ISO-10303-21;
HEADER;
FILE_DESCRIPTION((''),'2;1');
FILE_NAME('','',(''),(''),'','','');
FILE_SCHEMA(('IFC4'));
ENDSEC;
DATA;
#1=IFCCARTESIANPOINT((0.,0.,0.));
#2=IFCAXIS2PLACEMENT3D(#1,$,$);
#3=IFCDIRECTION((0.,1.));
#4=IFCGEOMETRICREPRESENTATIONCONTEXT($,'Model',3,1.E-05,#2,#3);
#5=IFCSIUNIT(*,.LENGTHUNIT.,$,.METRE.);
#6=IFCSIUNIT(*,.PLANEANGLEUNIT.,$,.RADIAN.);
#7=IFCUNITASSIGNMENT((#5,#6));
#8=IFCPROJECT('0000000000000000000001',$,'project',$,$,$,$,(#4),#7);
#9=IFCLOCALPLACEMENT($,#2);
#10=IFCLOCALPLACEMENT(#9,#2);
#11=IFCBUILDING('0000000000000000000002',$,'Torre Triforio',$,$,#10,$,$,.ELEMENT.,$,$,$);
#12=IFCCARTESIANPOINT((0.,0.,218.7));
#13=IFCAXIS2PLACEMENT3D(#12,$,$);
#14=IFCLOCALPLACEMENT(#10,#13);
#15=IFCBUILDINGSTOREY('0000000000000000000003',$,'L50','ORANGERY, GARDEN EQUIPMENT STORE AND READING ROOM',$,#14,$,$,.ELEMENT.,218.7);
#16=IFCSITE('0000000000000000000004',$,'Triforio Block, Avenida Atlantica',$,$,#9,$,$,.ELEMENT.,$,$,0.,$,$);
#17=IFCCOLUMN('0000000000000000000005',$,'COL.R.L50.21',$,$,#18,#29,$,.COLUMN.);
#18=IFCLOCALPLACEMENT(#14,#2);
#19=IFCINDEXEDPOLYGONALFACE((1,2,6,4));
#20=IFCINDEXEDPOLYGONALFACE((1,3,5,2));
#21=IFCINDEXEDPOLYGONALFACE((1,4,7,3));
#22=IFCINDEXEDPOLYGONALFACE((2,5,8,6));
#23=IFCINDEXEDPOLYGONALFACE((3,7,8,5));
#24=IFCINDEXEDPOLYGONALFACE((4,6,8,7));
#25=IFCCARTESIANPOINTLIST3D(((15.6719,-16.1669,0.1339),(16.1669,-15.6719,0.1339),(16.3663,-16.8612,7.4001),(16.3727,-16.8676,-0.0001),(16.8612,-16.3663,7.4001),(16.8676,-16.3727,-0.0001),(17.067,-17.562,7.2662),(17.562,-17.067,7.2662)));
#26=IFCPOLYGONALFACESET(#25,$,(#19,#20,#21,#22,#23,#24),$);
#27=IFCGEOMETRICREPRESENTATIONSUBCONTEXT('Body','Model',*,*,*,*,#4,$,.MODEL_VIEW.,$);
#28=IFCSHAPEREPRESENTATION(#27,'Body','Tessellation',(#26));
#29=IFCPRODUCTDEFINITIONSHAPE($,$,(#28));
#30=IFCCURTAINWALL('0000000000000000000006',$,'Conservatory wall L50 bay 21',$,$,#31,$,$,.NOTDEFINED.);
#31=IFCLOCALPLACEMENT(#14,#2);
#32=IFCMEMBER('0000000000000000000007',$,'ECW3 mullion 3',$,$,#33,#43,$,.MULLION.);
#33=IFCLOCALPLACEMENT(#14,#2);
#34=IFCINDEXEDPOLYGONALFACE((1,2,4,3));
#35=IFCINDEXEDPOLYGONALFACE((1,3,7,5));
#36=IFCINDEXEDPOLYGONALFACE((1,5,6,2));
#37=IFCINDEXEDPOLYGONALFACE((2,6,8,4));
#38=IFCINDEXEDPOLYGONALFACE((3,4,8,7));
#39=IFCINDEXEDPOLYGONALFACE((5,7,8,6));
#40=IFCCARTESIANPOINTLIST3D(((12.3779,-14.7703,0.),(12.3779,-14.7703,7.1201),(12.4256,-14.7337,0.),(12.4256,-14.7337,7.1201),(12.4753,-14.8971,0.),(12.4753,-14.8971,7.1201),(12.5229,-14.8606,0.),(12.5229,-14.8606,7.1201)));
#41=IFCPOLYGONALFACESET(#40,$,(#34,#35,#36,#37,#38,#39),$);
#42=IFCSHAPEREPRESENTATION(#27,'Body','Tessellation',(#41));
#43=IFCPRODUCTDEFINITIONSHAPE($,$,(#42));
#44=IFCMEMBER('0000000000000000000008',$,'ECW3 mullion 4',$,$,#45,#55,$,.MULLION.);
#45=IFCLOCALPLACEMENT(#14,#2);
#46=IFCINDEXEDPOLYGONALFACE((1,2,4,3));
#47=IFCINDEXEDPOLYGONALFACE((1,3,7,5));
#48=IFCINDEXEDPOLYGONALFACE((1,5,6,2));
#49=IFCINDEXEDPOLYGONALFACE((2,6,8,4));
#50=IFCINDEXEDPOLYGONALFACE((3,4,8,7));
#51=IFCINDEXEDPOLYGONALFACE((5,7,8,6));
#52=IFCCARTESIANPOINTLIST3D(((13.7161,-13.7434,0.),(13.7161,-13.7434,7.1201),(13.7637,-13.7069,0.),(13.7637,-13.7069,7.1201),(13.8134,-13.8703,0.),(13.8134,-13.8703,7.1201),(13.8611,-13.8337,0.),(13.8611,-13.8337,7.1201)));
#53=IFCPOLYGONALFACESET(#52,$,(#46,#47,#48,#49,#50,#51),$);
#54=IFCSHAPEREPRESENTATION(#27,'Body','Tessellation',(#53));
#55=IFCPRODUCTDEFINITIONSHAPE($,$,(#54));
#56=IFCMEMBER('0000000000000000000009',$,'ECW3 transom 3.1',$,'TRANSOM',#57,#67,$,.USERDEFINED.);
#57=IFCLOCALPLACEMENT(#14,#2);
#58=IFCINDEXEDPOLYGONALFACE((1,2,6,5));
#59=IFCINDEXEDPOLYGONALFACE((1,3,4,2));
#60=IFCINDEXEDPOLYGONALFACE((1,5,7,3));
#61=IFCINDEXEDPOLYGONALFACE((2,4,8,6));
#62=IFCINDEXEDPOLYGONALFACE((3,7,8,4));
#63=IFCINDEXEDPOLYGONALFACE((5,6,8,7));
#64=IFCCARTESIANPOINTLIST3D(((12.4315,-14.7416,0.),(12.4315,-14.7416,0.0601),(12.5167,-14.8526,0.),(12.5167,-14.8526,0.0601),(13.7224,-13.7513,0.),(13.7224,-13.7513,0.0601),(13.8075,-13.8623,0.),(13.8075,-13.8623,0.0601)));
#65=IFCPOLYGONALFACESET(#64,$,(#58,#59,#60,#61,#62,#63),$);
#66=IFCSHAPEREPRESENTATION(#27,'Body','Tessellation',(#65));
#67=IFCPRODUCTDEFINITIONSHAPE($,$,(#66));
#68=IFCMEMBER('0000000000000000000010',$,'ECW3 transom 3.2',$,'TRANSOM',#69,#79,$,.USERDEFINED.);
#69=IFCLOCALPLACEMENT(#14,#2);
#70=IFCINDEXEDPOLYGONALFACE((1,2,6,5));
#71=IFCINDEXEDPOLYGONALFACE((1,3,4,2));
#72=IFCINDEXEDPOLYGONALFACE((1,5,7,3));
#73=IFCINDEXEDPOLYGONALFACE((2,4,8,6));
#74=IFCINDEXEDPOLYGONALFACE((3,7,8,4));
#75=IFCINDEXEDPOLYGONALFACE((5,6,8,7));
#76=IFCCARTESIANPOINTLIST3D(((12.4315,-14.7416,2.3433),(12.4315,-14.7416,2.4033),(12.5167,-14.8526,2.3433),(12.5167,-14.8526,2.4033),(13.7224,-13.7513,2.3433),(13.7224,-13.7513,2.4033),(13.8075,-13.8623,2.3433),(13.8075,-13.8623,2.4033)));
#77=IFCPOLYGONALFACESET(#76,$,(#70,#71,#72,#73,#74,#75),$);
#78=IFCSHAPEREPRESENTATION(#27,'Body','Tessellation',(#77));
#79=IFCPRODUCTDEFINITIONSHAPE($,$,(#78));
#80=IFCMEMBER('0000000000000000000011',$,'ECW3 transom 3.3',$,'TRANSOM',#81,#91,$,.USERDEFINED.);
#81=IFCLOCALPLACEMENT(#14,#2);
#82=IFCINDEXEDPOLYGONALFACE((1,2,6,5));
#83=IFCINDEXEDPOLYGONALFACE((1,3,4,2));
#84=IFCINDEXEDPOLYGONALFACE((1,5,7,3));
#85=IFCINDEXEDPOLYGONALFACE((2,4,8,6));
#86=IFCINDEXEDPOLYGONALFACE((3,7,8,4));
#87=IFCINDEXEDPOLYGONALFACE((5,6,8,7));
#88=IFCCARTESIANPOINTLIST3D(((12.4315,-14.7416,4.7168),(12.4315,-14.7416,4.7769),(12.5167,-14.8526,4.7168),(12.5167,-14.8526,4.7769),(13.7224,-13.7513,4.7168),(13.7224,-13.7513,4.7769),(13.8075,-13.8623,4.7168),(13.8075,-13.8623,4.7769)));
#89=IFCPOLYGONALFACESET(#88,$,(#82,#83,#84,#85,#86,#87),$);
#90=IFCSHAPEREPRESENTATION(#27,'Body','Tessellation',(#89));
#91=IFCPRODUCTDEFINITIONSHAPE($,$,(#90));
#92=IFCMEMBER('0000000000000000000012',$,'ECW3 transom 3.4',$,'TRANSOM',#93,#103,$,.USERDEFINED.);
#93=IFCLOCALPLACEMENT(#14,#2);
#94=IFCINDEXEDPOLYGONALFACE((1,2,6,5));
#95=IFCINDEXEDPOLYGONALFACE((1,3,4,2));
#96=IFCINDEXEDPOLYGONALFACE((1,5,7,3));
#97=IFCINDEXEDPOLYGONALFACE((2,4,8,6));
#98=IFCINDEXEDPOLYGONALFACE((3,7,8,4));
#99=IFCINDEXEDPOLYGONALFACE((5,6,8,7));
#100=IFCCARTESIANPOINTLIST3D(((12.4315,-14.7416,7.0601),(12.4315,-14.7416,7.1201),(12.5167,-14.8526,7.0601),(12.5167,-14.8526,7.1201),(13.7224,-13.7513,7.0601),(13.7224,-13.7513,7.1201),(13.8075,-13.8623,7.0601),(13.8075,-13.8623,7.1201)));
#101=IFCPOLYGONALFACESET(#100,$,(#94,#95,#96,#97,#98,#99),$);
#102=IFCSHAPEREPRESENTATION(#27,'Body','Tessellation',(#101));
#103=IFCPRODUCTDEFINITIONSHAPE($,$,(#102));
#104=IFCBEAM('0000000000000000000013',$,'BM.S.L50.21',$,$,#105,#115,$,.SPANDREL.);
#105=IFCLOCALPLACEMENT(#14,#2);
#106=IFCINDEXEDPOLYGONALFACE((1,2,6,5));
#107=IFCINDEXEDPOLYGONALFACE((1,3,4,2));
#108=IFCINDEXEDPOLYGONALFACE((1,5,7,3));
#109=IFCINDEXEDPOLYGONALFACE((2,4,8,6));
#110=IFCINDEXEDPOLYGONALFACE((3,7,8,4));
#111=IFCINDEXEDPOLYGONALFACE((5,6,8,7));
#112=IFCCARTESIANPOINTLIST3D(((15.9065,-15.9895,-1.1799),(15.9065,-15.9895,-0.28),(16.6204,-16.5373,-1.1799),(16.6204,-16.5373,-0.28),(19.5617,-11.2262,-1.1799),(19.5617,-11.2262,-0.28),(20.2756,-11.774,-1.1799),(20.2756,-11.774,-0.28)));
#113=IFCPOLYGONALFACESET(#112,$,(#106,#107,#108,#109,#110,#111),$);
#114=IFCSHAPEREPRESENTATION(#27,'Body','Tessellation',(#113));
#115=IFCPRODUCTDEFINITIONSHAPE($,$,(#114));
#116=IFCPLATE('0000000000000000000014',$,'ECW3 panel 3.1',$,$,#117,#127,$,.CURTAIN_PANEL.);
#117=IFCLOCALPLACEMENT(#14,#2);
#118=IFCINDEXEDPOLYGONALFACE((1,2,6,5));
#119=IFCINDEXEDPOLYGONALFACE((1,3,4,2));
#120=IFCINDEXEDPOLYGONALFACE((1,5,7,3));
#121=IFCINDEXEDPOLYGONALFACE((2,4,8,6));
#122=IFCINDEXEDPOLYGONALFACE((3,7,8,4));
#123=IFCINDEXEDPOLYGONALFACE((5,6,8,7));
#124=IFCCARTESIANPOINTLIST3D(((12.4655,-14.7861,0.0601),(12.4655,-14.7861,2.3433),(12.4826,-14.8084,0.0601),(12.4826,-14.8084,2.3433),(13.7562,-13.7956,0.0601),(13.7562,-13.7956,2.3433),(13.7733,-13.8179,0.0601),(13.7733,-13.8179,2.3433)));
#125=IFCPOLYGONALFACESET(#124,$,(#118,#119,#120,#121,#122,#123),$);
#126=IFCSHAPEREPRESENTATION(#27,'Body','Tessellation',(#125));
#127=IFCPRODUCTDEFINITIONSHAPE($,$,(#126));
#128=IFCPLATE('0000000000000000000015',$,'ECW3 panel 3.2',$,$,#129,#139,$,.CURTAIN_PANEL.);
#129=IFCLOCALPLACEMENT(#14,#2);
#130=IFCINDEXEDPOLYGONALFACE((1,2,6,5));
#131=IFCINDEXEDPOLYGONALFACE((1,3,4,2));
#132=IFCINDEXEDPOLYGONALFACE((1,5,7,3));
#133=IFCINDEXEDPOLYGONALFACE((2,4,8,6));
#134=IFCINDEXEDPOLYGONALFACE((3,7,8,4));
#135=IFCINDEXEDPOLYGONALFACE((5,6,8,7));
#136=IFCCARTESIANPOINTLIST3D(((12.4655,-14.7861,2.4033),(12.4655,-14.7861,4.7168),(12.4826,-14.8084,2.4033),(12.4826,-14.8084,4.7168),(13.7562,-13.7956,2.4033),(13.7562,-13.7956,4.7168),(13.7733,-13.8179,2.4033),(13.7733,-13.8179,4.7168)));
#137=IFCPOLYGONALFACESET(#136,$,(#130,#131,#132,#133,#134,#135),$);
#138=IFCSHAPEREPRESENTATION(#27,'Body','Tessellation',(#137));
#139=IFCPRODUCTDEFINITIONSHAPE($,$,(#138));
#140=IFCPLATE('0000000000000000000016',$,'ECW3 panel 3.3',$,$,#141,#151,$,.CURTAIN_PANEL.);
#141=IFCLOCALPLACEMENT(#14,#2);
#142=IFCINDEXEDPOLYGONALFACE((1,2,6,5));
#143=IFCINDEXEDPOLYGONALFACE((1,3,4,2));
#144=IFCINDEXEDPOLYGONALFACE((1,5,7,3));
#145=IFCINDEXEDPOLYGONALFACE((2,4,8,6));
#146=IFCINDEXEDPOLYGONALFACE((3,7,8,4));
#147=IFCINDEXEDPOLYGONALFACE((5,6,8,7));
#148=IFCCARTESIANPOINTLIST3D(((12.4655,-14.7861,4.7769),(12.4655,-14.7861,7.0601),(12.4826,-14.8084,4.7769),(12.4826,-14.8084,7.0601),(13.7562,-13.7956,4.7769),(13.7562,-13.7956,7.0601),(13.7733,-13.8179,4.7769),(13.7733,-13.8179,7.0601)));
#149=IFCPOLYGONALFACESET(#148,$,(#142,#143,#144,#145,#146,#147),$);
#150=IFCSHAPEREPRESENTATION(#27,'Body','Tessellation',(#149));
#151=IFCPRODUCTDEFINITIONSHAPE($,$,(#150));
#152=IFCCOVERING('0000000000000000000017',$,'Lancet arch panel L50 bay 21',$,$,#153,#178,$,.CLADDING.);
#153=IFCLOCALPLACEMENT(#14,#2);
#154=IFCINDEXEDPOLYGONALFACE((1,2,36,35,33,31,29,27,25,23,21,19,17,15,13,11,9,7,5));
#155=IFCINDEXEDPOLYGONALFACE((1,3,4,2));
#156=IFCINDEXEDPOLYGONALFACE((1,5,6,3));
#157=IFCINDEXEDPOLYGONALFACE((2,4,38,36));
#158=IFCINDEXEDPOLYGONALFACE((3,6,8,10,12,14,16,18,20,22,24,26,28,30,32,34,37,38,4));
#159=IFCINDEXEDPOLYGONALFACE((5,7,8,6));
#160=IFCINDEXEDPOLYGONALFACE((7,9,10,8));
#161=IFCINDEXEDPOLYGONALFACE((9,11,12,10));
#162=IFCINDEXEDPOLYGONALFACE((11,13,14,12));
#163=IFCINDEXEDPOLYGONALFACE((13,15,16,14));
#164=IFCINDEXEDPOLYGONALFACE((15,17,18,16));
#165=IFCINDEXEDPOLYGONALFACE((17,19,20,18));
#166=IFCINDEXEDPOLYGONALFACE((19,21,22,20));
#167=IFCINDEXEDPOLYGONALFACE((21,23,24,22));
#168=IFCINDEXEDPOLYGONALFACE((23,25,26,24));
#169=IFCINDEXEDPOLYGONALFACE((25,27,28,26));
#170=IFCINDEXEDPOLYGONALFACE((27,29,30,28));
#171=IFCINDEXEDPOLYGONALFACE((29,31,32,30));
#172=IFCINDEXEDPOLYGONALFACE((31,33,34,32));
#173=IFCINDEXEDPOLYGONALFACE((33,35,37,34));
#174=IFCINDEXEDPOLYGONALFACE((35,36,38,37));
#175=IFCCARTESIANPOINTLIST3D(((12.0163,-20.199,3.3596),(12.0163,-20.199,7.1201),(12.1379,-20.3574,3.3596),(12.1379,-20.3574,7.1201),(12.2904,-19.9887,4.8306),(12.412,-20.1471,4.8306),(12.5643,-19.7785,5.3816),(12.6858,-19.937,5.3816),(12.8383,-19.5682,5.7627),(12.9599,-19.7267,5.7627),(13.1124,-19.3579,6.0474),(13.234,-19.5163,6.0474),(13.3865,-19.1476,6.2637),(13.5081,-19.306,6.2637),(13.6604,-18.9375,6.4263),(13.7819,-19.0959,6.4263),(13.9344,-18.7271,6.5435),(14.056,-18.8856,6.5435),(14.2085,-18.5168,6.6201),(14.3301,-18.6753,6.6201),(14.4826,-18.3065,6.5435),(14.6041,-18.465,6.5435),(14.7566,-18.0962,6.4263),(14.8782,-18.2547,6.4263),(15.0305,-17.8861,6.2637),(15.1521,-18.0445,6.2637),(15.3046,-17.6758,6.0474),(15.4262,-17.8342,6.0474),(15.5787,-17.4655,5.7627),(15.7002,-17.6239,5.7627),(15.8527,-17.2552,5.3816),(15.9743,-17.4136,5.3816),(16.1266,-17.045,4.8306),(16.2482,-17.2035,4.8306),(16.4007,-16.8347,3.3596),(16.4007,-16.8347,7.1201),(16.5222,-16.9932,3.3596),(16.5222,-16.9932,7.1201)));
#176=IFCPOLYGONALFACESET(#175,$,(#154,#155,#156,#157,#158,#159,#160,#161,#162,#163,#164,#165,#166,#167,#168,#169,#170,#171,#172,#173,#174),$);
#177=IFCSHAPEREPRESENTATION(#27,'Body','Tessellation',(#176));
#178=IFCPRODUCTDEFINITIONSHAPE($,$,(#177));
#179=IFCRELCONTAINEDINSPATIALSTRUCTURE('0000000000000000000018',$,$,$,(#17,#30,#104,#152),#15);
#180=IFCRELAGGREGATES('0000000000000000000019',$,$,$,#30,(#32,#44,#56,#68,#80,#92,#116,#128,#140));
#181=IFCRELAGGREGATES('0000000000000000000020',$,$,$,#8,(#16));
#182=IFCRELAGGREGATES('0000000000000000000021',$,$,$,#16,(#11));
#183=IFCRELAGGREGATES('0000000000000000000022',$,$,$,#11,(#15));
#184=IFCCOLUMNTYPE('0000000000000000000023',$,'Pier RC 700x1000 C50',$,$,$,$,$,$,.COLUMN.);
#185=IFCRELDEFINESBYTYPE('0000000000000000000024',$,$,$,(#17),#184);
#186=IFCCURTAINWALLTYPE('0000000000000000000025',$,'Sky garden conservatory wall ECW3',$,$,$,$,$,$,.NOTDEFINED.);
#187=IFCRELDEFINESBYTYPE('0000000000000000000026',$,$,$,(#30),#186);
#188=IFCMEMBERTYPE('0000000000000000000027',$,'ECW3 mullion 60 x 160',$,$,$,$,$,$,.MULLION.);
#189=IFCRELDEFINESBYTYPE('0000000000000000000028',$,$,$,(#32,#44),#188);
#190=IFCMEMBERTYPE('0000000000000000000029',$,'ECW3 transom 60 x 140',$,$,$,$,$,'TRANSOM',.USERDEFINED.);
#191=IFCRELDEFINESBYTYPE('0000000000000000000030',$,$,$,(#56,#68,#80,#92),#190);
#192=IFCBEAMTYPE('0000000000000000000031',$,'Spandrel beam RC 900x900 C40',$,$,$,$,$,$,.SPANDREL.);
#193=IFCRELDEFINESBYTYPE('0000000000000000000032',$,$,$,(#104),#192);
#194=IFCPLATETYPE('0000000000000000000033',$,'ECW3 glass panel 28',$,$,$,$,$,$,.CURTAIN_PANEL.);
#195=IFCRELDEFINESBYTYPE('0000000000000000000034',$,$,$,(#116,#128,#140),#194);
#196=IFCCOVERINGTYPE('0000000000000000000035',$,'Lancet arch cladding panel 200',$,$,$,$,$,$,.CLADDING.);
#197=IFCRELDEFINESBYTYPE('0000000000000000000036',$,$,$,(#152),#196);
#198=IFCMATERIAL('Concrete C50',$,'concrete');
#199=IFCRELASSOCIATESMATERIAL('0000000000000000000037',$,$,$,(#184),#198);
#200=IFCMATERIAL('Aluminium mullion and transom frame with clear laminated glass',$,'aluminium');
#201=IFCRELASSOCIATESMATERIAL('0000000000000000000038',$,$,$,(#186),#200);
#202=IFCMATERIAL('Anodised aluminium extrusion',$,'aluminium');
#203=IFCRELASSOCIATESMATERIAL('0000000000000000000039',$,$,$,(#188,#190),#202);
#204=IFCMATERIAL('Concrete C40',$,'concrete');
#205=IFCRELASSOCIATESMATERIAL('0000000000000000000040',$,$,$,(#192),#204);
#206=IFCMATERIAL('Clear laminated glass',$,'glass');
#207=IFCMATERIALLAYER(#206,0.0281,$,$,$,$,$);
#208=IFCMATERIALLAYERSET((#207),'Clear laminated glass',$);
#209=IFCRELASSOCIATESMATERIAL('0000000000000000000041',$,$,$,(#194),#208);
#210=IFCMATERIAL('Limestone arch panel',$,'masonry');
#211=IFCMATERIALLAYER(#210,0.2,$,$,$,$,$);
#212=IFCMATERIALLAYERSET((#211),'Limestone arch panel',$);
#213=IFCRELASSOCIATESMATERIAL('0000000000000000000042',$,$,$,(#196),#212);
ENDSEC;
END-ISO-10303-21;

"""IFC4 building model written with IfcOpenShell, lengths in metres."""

from ifc_helpers import new_model, si_unit, direction, frame, origin, origin_2d, place, context, subcontext, project, spatial, polyline, rectangle, outline, extrude, material, layer, layer_set, material_profile, profile_set, type_object, element, aggregate, save


model = new_model("IFC4")

# Units and contexts
model_context = context("Model", 3, precision=1e-05, world=origin(), true_north=direction((0.0, 1.0)))
body_context = subcontext(model_context, "Body", "Model", "MODEL_VIEW")
ifc_project = project(units=[si_unit("LENGTHUNIT", "METRE"), si_unit("PLANEANGLEUNIT", "RADIAN")], contexts=[model_context])

# Site, building, storey
site_placement = place(None, origin())
site = spatial("IfcSite", under=ifc_project, at=site_placement, Name="Triforio Block, Avenida Atlantica", CompositionType="ELEMENT", RefElevation=0.0)
building_placement = place(site_placement, origin())
building = spatial("IfcBuilding", under=site, at=building_placement, Name="Torre Triforio", CompositionType="ELEMENT")
storey_placement = place(building_placement, frame((0.0, 0.0, 218.7)))
storey = spatial("IfcBuildingStorey", under=building, at=storey_placement, Name="L50", Description="ORANGERY, GARDEN EQUIPMENT STORE AND READING ROOM", CompositionType="ELEMENT", Elevation=218.7)

# Column
ifc_material_1 = material(Name="Concrete C50", Category="concrete")
ifc_material_profile_1 = material_profile(ifc_material_1, rectangle(XDim=0.7, YDim=1.0, at=origin_2d()), Name="RC 700x1000")
ifc_profile_set_1 = profile_set([ifc_material_profile_1], Name="Concrete C50")
column_type = type_object("IfcColumnType", Name="Pier RC 700x1000 C50", PredefinedType="COLUMN", material=ifc_profile_set_1)
column_placement = place(storey_placement, frame((16.2698, -16.2698, 0.0669), z_axis=(0.094697, -0.094697, 0.990992), x_axis=(0.707107, 0.707107, 0.0)))
element("IfcColumn", 1, at=column_placement, inside=storey, type_object=column_type, Name="COL.R.L50.21", PredefinedType="COLUMN", context=body_context, shape_type="SweptSolid", body=[
    extrude(rectangle(XDim=0.7, YDim=1.0, at=origin_2d()), origin(), (0.0, 0.0, 1.0), 7.3323),
])

# Curtain wall, members
ifc_material_2 = material(Name="Aluminium mullion and transom frame with clear laminated glass", Category="aluminium")
curtain_wall_type = type_object("IfcCurtainWallType", Name="Sky garden conservatory wall ECW3", PredefinedType="NOTDEFINED", material=ifc_material_2)
curtain_wall_placement = place(storey_placement, origin())
curtain_wall = element("IfcCurtainWall", 2, at=curtain_wall_placement, inside=storey, type_object=curtain_wall_type, Name="Conservatory wall L50 bay 21", PredefinedType="NOTDEFINED")
ifc_material_3 = material(Name="Anodised aluminium extrusion", Category="aluminium")
ifc_material_profile_2 = material_profile(ifc_material_3, rectangle(XDim=0.1599, YDim=0.0601, at=origin_2d()), Name="ECW3 MULLION 60x160")
ifc_profile_set_2 = profile_set([ifc_material_profile_2], Name="Anodised aluminium extrusion")
member_type_1 = type_object("IfcMemberType", Name="ECW3 mullion 60 x 160", PredefinedType="MULLION", material=ifc_profile_set_2)
member_1_placement = place(storey_placement, frame((12.4504, -14.8154, 0.0), z_axis=(0.0, 0.0, 1.0), x_axis=(-0.608767, 0.793349, 0.0)))
member_1 = element("IfcMember", 3, at=member_1_placement, type_object=member_type_1, Name="ECW3 mullion 3", PredefinedType="MULLION", context=body_context, shape_type="SweptSolid", body=[
    extrude(rectangle(XDim=0.1599, YDim=0.0601, at=origin_2d()), origin(), (0.0, 0.0, 1.0), 7.1201),
])
member_2_placement = place(storey_placement, frame((13.7886, -13.7886, 0.0), z_axis=(0.0, 0.0, 1.0), x_axis=(-0.608767, 0.793349, 0.0)))
member_2 = element("IfcMember", 4, at=member_2_placement, type_object=member_type_1, Name="ECW3 mullion 4", PredefinedType="MULLION", context=body_context, shape_type="SweptSolid", body=[
    extrude(rectangle(XDim=0.1599, YDim=0.0601, at=origin_2d()), origin(), (0.0, 0.0, 1.0), 7.1201),
])
ifc_material_profile_3 = material_profile(ifc_material_3, rectangle(XDim=0.1399, YDim=0.0601, at=origin_2d()), Name="ECW3 TRANSOM 60x140")
ifc_profile_set_3 = profile_set([ifc_material_profile_3], Name="Anodised aluminium extrusion")
member_type_2 = type_object("IfcMemberType", Name="ECW3 transom 60 x 140", ElementType="TRANSOM", PredefinedType="USERDEFINED", material=ifc_profile_set_3)
member_3_placement = place(storey_placement, frame((12.4741, -14.7971, 0.03), z_axis=(0.793416, 0.60868, 0.0), x_axis=(-0.60868, 0.793416, 0.0)))
member_3 = element("IfcMember", 5, at=member_3_placement, type_object=member_type_2, Name="ECW3 transom 3.1", ObjectType="TRANSOM", PredefinedType="USERDEFINED", context=body_context, shape_type="SweptSolid", body=[
    extrude(rectangle(XDim=0.1399, YDim=0.0601, at=origin_2d()), origin(), (0.0, 0.0, 1.0), 1.627),
])
member_4_placement = place(storey_placement, frame((12.4741, -14.7971, 2.3733), z_axis=(0.793416, 0.60868, 0.0), x_axis=(-0.60868, 0.793416, 0.0)))
member_4 = element("IfcMember", 6, at=member_4_placement, type_object=member_type_2, Name="ECW3 transom 3.2", ObjectType="TRANSOM", PredefinedType="USERDEFINED", context=body_context, shape_type="SweptSolid", body=[
    extrude(rectangle(XDim=0.1399, YDim=0.0601, at=origin_2d()), origin(), (0.0, 0.0, 1.0), 1.627),
])
member_5_placement = place(storey_placement, frame((12.4741, -14.7971, 4.7468), z_axis=(0.793416, 0.60868, 0.0), x_axis=(-0.60868, 0.793416, 0.0)))
member_5 = element("IfcMember", 7, at=member_5_placement, type_object=member_type_2, Name="ECW3 transom 3.3", ObjectType="TRANSOM", PredefinedType="USERDEFINED", context=body_context, shape_type="SweptSolid", body=[
    extrude(rectangle(XDim=0.1399, YDim=0.0601, at=origin_2d()), origin(), (0.0, 0.0, 1.0), 1.627),
])
member_6_placement = place(storey_placement, frame((12.4741, -14.7971, 7.0901), z_axis=(0.793416, 0.60868, 0.0), x_axis=(-0.60868, 0.793416, 0.0)))
member_6 = element("IfcMember", 8, at=member_6_placement, type_object=member_type_2, Name="ECW3 transom 3.4", ObjectType="TRANSOM", PredefinedType="USERDEFINED", context=body_context, shape_type="SweptSolid", body=[
    extrude(rectangle(XDim=0.1399, YDim=0.0601, at=origin_2d()), origin(), (0.0, 0.0, 1.0), 1.627),
])

# Beam
ifc_material_4 = material(Name="Concrete C40", Category="concrete")
ifc_material_profile_4 = material_profile(ifc_material_4, rectangle(XDim=0.8999, YDim=0.8999, at=origin_2d()), Name="RC 900x900")
ifc_profile_set_4 = profile_set([ifc_material_profile_4], Name="Concrete C40")
beam_type = type_object("IfcBeamType", Name="Spandrel beam RC 900x900 C40", PredefinedType="SPANDREL", material=ifc_profile_set_4)
beam_placement = place(storey_placement, frame((16.2634, -16.2634, -0.73), z_axis=(0.608779, 0.79334, 0.0), x_axis=(-0.79334, 0.608779, 0.0)))
element("IfcBeam", 9, at=beam_placement, inside=storey, type_object=beam_type, Name="BM.S.L50.21", PredefinedType="SPANDREL", context=body_context, shape_type="SweptSolid", body=[
    extrude(rectangle(XDim=0.8999, YDim=0.8999, at=origin_2d()), origin(), (0.0, 0.0, 1.0), 6.0042),
])

# Plates
ifc_material_5 = material(Name="Clear laminated glass", Category="glass")
ifc_layer_1 = layer(ifc_material_5, 0.0281)
ifc_layer_set_1 = layer_set([ifc_layer_1], Name="Clear laminated glass")
plate_type = type_object("IfcPlateType", Name="ECW3 glass panel 28", PredefinedType="CURTAIN_PANEL", material=ifc_layer_set_1)
plate_1_placement = place(storey_placement, frame((13.1194, -14.302, 0.0601), z_axis=(0.0, 0.0, 1.0), x_axis=(0.793349, 0.608767, 0.0)))
plate_1 = element("IfcPlate", 10, at=plate_1_placement, type_object=plate_type, Name="ECW3 panel 3.1", PredefinedType="CURTAIN_PANEL", context=body_context, shape_type="SweptSolid", body=[
    extrude(rectangle(XDim=1.627, YDim=0.0281, at=origin_2d()), origin(), (0.0, 0.0, 1.0), 2.2832),
])
plate_2_placement = place(storey_placement, frame((13.1194, -14.302, 2.4033), z_axis=(0.0, 0.0, 1.0), x_axis=(0.793349, 0.608767, 0.0)))
plate_2 = element("IfcPlate", 11, at=plate_2_placement, type_object=plate_type, Name="ECW3 panel 3.2", PredefinedType="CURTAIN_PANEL", context=body_context, shape_type="SweptSolid", body=[
    extrude(rectangle(XDim=1.627, YDim=0.0281, at=origin_2d()), origin(), (0.0, 0.0, 1.0), 2.3135),
])
plate_3_placement = place(storey_placement, frame((13.1194, -14.302, 4.7769), z_axis=(0.0, 0.0, 1.0), x_axis=(0.793349, 0.608767, 0.0)))
plate_3 = element("IfcPlate", 12, at=plate_3_placement, type_object=plate_type, Name="ECW3 panel 3.3", PredefinedType="CURTAIN_PANEL", context=body_context, shape_type="SweptSolid", body=[
    extrude(rectangle(XDim=1.627, YDim=0.0281, at=origin_2d()), origin(), (0.0, 0.0, 1.0), 2.2832),
])
aggregate(curtain_wall, [member_1, member_2, member_3, member_4, member_5, member_6, plate_1, plate_2, plate_3])

# Covering
ifc_material_6 = material(Name="Limestone arch panel", Category="masonry")
ifc_layer_2 = layer(ifc_material_6, 0.2)
ifc_layer_set_2 = layer_set([ifc_layer_2], Name="Limestone arch panel")
covering_type_1 = type_object("IfcCoveringType", Name="Lancet arch cladding panel 200", PredefinedType="CLADDING", material=ifc_layer_set_2)
for number, where, z_axis, x_axis, name in (
    (13, (14.2085, -18.5168, 0.0), (0.608765, -0.793351, 0.0), (0.793351, 0.608765, 0.0), "Lancet arch panel L50 bay 21"),
):
    element("IfcCovering", number, at=place(storey_placement, frame(where, z_axis=z_axis, x_axis=x_axis)), inside=storey, type_object=covering_type_1, Name=name, PredefinedType="CLADDING", context=body_context, shape_type="SweptSolid", body=[
        extrude(outline(polyline([(-2.7632, 7.1201), (-2.7632, 3.3596), (-2.4177, 4.8306), (-2.0725, 5.3816), (-1.7271, 5.7627), (-1.3816, 6.0474), (-1.0361, 6.2637), (-0.6909, 6.4263), (-0.3455, 6.5435), (0.0, 6.6201), (0.3455, 6.5435), (0.6909, 6.4263), (1.0361, 6.2637), (1.3816, 6.0474), (1.7271, 5.7627), (2.0725, 5.3816), (2.4177, 4.8306), (2.7632, 3.3596), (2.7632, 7.1201), (-2.7632, 7.1201)])), origin(), (0.0, 0.0, 1.0), 0.1997),
    ])

save(model, "model.ifc")
